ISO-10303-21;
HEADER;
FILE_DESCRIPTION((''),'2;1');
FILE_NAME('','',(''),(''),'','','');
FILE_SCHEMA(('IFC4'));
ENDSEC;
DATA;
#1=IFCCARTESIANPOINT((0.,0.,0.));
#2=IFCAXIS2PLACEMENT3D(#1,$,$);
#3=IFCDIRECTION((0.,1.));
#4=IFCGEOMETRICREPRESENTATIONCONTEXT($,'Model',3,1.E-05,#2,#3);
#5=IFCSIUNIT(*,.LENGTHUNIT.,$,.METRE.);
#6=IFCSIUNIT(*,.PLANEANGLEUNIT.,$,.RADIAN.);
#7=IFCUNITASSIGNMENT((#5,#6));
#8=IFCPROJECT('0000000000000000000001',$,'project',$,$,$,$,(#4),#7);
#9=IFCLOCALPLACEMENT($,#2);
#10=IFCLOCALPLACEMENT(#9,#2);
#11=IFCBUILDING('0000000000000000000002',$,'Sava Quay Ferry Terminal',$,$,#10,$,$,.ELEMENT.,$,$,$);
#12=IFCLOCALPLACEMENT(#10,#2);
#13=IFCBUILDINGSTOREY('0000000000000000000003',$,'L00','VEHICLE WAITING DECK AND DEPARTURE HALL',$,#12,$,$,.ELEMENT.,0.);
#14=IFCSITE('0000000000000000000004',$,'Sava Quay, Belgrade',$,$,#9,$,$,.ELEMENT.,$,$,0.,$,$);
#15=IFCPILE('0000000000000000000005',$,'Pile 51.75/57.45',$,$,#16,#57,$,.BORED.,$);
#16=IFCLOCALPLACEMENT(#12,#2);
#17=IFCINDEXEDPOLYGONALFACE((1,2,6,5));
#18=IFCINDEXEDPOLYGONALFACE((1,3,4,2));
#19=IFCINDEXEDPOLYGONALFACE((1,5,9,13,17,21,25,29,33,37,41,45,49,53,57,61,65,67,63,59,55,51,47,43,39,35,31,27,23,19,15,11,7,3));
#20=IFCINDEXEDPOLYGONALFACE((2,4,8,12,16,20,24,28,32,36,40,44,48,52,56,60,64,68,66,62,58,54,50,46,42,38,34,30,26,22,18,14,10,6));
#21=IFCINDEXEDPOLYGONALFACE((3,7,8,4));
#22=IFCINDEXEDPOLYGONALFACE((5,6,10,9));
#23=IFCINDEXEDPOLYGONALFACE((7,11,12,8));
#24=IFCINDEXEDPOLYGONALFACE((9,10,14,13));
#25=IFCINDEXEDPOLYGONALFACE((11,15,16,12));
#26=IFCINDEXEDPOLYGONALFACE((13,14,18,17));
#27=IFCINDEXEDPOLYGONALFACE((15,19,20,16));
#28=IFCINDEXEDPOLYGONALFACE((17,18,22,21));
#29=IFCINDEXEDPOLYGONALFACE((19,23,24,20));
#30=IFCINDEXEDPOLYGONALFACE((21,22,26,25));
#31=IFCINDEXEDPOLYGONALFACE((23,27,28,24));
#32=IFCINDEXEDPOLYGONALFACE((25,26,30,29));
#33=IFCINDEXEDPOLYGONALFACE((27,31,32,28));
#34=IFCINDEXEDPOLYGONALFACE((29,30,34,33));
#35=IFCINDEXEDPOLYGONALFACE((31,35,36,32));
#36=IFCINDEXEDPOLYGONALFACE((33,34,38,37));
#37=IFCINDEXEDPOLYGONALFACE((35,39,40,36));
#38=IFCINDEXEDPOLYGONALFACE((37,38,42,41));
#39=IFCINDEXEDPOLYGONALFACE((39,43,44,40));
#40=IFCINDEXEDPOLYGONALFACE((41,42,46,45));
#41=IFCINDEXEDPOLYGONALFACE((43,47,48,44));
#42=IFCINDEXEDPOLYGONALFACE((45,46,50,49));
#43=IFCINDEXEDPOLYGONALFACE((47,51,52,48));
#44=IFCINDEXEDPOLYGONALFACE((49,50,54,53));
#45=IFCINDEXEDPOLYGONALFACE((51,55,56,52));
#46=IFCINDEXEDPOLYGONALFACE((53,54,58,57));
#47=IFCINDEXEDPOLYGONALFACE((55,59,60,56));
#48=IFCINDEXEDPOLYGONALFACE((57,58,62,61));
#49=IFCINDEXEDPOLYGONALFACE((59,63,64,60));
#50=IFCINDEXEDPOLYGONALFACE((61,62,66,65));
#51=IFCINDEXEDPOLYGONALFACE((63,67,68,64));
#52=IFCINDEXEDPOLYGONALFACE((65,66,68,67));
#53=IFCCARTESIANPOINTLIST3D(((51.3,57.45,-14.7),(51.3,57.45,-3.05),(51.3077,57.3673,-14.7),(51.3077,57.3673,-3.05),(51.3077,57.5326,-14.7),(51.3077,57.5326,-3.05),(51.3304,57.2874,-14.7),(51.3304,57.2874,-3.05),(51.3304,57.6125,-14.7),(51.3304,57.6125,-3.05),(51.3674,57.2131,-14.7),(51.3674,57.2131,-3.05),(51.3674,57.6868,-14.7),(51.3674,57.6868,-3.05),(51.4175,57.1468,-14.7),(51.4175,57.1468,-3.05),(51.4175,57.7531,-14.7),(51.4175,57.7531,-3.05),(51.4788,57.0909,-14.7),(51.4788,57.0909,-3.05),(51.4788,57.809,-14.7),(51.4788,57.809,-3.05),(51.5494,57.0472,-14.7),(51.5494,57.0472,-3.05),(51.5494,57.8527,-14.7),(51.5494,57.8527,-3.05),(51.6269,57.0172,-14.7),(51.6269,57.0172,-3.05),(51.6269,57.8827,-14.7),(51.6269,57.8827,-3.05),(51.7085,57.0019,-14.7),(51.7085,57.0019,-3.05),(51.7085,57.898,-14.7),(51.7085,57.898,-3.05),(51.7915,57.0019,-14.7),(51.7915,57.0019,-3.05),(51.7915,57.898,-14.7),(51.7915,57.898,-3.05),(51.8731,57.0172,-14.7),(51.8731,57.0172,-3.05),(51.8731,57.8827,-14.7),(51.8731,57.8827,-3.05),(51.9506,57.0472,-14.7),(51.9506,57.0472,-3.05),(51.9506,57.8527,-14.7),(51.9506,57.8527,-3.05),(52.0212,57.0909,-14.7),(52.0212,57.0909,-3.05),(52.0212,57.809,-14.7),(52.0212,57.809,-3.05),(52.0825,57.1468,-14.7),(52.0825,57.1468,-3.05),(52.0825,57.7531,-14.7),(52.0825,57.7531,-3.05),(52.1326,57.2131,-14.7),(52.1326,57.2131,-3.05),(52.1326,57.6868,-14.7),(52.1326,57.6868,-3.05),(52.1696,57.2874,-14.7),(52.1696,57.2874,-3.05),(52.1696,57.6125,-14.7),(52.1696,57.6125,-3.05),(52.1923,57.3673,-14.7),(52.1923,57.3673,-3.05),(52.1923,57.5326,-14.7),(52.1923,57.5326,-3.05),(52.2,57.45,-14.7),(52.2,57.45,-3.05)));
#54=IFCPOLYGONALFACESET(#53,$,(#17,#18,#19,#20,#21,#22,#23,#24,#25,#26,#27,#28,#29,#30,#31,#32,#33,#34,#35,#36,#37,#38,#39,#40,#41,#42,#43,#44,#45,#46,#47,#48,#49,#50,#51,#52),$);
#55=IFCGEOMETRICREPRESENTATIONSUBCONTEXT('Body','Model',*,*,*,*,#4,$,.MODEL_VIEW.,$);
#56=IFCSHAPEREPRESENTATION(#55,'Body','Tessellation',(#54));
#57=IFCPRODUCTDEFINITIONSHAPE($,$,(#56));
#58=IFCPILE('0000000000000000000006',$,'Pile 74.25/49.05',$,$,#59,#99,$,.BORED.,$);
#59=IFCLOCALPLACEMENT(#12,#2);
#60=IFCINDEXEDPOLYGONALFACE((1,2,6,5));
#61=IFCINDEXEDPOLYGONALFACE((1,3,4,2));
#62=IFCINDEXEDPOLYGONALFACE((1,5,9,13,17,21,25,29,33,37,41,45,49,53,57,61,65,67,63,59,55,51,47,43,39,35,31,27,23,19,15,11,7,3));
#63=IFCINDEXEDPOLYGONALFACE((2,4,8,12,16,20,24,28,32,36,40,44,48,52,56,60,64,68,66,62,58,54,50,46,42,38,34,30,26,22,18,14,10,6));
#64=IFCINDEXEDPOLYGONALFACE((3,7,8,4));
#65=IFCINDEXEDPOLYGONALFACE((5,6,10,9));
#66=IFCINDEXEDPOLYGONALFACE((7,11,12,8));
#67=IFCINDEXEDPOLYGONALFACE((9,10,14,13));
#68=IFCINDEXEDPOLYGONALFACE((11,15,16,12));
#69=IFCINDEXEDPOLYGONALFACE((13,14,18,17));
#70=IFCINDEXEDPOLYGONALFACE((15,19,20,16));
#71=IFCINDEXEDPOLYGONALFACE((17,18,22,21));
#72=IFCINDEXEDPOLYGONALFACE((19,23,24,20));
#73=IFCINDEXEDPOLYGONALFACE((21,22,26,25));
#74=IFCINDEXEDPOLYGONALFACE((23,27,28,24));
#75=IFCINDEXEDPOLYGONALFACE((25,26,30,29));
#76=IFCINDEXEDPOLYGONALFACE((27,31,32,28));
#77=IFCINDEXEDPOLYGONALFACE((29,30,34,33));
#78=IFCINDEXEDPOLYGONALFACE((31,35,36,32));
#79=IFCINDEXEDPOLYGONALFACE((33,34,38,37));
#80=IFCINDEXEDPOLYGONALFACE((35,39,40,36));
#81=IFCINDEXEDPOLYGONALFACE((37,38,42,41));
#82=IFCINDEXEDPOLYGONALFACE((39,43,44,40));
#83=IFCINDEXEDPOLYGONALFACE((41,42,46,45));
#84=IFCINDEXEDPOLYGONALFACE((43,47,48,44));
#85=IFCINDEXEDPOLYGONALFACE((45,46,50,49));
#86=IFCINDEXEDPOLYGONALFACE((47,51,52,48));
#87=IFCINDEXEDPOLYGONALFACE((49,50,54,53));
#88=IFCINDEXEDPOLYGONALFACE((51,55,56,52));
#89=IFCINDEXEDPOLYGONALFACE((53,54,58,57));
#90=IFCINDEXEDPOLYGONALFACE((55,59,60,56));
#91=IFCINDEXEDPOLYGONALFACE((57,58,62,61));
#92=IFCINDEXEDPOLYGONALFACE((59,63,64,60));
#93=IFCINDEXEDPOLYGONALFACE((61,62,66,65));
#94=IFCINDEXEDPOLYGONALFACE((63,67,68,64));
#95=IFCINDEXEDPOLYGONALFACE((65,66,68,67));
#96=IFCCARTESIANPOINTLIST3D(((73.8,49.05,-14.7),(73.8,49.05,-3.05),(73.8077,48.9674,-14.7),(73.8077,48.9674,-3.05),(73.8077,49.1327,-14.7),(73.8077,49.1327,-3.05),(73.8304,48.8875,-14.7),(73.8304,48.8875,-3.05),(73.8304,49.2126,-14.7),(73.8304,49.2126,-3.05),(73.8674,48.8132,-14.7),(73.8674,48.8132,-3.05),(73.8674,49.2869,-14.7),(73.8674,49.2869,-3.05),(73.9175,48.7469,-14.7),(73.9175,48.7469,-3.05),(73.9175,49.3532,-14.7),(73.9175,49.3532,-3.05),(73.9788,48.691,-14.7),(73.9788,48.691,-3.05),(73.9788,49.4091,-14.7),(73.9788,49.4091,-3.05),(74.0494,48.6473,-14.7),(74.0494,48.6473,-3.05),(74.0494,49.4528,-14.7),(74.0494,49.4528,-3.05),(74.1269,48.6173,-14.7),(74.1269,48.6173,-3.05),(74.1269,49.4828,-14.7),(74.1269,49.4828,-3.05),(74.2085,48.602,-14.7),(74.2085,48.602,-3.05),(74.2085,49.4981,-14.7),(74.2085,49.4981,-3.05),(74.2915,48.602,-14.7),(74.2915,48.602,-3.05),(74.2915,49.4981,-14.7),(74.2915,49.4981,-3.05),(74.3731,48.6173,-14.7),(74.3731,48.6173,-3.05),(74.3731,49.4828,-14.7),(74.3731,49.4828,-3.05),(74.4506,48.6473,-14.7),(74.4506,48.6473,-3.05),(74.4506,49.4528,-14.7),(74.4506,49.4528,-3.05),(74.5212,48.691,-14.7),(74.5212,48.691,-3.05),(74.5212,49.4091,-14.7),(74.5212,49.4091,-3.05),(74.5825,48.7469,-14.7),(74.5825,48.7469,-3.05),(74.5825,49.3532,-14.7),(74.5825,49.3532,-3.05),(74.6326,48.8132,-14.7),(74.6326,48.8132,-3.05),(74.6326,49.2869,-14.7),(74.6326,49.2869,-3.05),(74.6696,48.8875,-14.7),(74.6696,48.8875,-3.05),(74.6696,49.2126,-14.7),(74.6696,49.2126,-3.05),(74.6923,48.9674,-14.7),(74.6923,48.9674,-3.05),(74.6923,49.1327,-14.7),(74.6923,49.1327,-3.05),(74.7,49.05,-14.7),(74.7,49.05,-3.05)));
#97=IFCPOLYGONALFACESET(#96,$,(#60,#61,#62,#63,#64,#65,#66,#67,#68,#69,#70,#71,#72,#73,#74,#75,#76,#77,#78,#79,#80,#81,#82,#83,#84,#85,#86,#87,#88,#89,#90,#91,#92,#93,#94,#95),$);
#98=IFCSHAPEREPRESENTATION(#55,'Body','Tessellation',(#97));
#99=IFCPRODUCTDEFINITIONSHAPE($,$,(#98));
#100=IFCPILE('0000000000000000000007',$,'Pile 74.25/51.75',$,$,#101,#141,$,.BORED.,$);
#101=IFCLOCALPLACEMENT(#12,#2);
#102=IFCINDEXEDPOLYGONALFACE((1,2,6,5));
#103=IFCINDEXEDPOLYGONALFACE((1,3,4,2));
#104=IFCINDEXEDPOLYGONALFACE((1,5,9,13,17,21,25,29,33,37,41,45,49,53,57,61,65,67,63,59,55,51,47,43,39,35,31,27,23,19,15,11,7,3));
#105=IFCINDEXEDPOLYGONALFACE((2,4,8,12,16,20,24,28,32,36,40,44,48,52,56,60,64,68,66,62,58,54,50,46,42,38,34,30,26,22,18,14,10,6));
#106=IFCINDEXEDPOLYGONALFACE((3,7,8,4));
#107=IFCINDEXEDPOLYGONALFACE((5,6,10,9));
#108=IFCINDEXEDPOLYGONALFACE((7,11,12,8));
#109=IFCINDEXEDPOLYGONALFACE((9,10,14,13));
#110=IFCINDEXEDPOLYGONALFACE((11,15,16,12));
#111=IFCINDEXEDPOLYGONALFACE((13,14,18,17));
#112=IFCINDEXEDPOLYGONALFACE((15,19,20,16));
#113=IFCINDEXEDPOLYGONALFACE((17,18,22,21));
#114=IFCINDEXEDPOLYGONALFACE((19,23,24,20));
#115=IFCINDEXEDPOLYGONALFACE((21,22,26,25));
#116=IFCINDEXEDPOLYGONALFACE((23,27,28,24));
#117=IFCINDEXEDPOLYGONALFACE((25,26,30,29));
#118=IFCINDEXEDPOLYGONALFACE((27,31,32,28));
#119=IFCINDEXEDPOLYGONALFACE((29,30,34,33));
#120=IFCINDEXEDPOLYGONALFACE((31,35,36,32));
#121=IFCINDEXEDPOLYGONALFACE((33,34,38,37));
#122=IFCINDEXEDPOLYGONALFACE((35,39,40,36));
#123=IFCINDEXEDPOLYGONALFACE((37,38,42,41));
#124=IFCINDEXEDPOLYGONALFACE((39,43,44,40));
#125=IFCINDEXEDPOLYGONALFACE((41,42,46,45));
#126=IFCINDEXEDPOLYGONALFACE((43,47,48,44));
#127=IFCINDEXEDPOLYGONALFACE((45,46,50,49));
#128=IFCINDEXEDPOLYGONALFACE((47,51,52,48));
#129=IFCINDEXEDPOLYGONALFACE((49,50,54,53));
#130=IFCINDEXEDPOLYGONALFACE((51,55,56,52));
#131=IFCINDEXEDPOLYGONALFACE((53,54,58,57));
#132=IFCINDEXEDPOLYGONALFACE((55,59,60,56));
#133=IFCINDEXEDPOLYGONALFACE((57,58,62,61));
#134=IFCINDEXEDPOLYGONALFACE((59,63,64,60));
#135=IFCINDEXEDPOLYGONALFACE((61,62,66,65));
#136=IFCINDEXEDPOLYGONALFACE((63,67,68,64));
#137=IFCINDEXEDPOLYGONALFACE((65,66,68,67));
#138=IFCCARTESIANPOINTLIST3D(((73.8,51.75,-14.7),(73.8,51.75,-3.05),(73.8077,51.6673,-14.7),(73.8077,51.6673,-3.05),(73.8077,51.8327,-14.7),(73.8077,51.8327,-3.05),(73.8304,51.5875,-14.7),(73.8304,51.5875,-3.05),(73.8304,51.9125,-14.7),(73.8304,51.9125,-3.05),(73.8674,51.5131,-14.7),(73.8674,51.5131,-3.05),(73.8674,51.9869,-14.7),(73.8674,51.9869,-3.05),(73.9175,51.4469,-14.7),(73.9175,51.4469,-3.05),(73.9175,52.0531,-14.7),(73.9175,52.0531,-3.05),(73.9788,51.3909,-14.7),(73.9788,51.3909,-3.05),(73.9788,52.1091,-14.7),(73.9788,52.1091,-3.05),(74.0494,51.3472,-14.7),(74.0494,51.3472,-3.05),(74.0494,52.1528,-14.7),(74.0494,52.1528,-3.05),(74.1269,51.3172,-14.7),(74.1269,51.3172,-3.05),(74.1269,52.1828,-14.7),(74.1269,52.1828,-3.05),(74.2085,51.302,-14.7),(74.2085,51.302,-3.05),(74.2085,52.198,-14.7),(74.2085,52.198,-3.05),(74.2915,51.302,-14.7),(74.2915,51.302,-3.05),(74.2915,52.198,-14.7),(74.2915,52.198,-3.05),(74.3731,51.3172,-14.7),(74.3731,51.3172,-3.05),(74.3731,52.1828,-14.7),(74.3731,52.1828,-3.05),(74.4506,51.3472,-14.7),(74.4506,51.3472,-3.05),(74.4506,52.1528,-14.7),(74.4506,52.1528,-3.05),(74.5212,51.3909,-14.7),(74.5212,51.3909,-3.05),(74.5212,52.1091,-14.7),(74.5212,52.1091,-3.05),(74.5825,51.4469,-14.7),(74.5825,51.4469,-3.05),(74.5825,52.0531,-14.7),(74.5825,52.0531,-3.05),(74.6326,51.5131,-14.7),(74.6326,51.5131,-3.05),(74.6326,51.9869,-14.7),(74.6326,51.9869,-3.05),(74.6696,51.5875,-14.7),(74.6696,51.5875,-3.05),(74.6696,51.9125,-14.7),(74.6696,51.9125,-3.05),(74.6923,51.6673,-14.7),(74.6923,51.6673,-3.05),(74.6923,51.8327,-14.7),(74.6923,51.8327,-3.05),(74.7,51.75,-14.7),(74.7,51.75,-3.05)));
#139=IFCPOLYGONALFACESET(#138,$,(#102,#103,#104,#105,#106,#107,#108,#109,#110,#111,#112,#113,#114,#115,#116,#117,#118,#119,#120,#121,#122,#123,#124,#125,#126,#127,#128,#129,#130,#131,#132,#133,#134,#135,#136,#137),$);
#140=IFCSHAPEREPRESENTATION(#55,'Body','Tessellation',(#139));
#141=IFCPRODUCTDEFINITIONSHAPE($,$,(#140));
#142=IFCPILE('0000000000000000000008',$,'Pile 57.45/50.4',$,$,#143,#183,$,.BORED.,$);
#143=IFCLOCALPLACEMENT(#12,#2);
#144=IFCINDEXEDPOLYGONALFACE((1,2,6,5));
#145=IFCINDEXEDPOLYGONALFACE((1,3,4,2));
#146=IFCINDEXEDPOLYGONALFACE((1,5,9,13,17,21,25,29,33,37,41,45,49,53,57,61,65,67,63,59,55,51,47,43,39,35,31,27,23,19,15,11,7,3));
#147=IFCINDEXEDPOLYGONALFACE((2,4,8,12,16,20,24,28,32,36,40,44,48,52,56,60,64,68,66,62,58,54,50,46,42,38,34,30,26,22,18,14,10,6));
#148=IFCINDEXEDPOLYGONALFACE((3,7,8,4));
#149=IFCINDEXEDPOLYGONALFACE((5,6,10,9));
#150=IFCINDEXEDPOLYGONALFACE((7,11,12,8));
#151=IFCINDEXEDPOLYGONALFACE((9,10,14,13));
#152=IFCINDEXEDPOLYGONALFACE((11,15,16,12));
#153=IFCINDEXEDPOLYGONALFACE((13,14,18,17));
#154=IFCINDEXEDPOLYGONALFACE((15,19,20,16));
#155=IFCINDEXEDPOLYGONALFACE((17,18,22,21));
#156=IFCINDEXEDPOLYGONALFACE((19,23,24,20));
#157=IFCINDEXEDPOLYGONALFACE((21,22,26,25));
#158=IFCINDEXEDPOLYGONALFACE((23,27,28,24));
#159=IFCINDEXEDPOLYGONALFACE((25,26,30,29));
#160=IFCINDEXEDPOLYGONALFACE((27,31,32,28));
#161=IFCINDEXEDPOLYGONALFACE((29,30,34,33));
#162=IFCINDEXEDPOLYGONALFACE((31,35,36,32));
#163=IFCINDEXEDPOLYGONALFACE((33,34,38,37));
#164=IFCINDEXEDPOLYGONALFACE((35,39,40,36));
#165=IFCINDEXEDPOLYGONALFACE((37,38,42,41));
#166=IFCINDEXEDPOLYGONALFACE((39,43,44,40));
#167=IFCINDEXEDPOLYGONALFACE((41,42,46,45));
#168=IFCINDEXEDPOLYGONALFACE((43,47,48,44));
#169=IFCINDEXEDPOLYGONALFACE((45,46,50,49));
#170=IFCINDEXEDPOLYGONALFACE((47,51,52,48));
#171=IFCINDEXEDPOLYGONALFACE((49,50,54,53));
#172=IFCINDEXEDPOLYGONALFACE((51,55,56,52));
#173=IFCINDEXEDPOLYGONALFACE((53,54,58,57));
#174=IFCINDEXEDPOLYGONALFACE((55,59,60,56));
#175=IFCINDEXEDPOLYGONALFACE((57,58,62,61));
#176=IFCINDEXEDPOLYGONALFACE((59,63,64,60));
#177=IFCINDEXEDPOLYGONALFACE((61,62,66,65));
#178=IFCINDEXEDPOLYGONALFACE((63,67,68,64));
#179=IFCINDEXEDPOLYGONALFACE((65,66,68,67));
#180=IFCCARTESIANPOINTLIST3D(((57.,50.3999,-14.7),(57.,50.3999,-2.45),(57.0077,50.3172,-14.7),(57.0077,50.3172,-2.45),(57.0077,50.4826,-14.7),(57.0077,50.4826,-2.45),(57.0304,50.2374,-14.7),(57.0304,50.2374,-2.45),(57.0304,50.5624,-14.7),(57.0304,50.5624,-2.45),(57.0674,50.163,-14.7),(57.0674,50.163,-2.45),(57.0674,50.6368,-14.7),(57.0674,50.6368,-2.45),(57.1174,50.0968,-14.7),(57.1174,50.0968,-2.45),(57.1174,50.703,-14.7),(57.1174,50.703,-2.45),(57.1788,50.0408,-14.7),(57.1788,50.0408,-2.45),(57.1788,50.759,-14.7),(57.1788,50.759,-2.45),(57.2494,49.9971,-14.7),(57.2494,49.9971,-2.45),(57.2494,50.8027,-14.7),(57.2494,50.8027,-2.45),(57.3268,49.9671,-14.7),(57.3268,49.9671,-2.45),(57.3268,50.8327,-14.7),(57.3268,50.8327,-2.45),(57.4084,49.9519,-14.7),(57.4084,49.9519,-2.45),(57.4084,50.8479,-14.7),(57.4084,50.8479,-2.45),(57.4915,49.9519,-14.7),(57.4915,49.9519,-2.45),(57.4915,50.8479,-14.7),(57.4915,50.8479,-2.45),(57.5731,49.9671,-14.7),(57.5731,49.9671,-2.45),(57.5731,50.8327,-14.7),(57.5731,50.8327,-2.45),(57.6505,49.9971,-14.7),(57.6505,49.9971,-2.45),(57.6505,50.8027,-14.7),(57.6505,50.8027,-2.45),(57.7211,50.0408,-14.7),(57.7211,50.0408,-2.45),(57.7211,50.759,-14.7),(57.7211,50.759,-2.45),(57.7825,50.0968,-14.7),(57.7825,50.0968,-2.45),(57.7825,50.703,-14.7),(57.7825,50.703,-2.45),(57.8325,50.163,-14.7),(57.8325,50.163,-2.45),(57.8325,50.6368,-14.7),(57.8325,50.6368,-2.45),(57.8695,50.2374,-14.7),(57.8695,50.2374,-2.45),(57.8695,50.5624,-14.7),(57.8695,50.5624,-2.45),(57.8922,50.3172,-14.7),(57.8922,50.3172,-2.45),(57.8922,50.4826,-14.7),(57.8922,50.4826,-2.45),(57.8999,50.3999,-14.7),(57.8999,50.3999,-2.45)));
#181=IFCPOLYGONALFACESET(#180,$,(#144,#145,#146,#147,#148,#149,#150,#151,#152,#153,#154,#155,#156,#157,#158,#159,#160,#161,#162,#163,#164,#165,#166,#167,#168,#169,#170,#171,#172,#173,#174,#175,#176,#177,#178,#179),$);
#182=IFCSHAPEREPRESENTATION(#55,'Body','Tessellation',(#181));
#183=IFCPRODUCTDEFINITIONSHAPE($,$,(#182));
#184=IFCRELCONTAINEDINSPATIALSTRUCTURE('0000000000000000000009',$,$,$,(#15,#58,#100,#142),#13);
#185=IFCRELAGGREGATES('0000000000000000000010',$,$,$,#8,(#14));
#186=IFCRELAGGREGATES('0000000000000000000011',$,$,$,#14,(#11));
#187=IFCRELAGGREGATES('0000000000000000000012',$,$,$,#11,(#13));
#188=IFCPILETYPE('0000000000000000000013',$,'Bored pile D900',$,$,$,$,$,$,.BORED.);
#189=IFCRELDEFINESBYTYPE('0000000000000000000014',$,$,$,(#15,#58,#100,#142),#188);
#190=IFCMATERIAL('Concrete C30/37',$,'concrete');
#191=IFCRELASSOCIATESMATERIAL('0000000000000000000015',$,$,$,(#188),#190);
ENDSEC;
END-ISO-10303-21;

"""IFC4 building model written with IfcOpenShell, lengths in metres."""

from ifc_helpers import new_model, si_unit, direction, frame, origin, origin_2d, place, context, subcontext, project, spatial, circle, extrude, material, material_profile, profile_set, type_object, element, save


model = new_model("IFC4")

# Units and contexts
model_context = context("Model", 3, precision=1e-05, world=origin(), true_north=direction((0.0, 1.0)))
body_context = subcontext(model_context, "Body", "Model", "MODEL_VIEW")
ifc_project = project(units=[si_unit("LENGTHUNIT", "METRE"), si_unit("PLANEANGLEUNIT", "RADIAN")], contexts=[model_context])

# Site, building, storey
site_placement = place(None, origin())
site = spatial("IfcSite", under=ifc_project, at=site_placement, Name="Sava Quay, Belgrade", CompositionType="ELEMENT", RefElevation=0.0)
building_placement = place(site_placement, origin())
building = spatial("IfcBuilding", under=site, at=building_placement, Name="Sava Quay Ferry Terminal", CompositionType="ELEMENT")
storey_placement = place(building_placement, origin())
storey = spatial("IfcBuildingStorey", under=building, at=storey_placement, Name="L00", Description="VEHICLE WAITING DECK AND DEPARTURE HALL", CompositionType="ELEMENT", Elevation=0.0)

# Piles
ifc_material_1 = material(Name="Concrete C30/37", Category="concrete")
ifc_material_profile_1 = material_profile(ifc_material_1, circle(Radius=0.45, at=origin_2d()), Name="Bored pile D900")
ifc_profile_set_1 = profile_set([ifc_material_profile_1], Name="Concrete C30/37")
pile_type = type_object("IfcPileType", Name="Bored pile D900", PredefinedType="BORED", material=ifc_profile_set_1)
for number, where, z_axis, x_axis, name in (
    (1, (51.75, 57.45, -3.05), (0.0, 0.0, -1.0), (1.0, 0.0, 0.0), "Pile 51.75/57.45"),
    (2, (74.25, 49.05, -3.05), (0.0, 0.0, -1.0), (1.0, 0.0, 0.0), "Pile 74.25/49.05"),
    (3, (74.25, 51.75, -3.05), (0.0, 0.0, -1.0), (1.0, 0.0, 0.0), "Pile 74.25/51.75"),
):
    element("IfcPile", number, at=place(storey_placement, frame(where, z_axis=z_axis, x_axis=x_axis)), inside=storey, type_object=pile_type, Name=name, PredefinedType="BORED", context=body_context, shape_type="SweptSolid", body=[
        extrude(circle(Radius=0.45, at=origin_2d()), origin(), (0.0, 0.0, 1.0), 11.6499),
    ])
for number, where, z_axis, x_axis, name in (
    (4, (57.45, 50.3999, -2.45), (0.0, 0.0, -1.0), (1.0, 0.0, 0.0), "Pile 57.45/50.4"),
):
    element("IfcPile", number, at=place(storey_placement, frame(where, z_axis=z_axis, x_axis=x_axis)), inside=storey, type_object=pile_type, Name=name, PredefinedType="BORED", context=body_context, shape_type="SweptSolid", body=[
        extrude(circle(Radius=0.45, at=origin_2d()), origin(), (0.0, 0.0, 1.0), 12.25),
    ])

save(model, "model.ifc")
